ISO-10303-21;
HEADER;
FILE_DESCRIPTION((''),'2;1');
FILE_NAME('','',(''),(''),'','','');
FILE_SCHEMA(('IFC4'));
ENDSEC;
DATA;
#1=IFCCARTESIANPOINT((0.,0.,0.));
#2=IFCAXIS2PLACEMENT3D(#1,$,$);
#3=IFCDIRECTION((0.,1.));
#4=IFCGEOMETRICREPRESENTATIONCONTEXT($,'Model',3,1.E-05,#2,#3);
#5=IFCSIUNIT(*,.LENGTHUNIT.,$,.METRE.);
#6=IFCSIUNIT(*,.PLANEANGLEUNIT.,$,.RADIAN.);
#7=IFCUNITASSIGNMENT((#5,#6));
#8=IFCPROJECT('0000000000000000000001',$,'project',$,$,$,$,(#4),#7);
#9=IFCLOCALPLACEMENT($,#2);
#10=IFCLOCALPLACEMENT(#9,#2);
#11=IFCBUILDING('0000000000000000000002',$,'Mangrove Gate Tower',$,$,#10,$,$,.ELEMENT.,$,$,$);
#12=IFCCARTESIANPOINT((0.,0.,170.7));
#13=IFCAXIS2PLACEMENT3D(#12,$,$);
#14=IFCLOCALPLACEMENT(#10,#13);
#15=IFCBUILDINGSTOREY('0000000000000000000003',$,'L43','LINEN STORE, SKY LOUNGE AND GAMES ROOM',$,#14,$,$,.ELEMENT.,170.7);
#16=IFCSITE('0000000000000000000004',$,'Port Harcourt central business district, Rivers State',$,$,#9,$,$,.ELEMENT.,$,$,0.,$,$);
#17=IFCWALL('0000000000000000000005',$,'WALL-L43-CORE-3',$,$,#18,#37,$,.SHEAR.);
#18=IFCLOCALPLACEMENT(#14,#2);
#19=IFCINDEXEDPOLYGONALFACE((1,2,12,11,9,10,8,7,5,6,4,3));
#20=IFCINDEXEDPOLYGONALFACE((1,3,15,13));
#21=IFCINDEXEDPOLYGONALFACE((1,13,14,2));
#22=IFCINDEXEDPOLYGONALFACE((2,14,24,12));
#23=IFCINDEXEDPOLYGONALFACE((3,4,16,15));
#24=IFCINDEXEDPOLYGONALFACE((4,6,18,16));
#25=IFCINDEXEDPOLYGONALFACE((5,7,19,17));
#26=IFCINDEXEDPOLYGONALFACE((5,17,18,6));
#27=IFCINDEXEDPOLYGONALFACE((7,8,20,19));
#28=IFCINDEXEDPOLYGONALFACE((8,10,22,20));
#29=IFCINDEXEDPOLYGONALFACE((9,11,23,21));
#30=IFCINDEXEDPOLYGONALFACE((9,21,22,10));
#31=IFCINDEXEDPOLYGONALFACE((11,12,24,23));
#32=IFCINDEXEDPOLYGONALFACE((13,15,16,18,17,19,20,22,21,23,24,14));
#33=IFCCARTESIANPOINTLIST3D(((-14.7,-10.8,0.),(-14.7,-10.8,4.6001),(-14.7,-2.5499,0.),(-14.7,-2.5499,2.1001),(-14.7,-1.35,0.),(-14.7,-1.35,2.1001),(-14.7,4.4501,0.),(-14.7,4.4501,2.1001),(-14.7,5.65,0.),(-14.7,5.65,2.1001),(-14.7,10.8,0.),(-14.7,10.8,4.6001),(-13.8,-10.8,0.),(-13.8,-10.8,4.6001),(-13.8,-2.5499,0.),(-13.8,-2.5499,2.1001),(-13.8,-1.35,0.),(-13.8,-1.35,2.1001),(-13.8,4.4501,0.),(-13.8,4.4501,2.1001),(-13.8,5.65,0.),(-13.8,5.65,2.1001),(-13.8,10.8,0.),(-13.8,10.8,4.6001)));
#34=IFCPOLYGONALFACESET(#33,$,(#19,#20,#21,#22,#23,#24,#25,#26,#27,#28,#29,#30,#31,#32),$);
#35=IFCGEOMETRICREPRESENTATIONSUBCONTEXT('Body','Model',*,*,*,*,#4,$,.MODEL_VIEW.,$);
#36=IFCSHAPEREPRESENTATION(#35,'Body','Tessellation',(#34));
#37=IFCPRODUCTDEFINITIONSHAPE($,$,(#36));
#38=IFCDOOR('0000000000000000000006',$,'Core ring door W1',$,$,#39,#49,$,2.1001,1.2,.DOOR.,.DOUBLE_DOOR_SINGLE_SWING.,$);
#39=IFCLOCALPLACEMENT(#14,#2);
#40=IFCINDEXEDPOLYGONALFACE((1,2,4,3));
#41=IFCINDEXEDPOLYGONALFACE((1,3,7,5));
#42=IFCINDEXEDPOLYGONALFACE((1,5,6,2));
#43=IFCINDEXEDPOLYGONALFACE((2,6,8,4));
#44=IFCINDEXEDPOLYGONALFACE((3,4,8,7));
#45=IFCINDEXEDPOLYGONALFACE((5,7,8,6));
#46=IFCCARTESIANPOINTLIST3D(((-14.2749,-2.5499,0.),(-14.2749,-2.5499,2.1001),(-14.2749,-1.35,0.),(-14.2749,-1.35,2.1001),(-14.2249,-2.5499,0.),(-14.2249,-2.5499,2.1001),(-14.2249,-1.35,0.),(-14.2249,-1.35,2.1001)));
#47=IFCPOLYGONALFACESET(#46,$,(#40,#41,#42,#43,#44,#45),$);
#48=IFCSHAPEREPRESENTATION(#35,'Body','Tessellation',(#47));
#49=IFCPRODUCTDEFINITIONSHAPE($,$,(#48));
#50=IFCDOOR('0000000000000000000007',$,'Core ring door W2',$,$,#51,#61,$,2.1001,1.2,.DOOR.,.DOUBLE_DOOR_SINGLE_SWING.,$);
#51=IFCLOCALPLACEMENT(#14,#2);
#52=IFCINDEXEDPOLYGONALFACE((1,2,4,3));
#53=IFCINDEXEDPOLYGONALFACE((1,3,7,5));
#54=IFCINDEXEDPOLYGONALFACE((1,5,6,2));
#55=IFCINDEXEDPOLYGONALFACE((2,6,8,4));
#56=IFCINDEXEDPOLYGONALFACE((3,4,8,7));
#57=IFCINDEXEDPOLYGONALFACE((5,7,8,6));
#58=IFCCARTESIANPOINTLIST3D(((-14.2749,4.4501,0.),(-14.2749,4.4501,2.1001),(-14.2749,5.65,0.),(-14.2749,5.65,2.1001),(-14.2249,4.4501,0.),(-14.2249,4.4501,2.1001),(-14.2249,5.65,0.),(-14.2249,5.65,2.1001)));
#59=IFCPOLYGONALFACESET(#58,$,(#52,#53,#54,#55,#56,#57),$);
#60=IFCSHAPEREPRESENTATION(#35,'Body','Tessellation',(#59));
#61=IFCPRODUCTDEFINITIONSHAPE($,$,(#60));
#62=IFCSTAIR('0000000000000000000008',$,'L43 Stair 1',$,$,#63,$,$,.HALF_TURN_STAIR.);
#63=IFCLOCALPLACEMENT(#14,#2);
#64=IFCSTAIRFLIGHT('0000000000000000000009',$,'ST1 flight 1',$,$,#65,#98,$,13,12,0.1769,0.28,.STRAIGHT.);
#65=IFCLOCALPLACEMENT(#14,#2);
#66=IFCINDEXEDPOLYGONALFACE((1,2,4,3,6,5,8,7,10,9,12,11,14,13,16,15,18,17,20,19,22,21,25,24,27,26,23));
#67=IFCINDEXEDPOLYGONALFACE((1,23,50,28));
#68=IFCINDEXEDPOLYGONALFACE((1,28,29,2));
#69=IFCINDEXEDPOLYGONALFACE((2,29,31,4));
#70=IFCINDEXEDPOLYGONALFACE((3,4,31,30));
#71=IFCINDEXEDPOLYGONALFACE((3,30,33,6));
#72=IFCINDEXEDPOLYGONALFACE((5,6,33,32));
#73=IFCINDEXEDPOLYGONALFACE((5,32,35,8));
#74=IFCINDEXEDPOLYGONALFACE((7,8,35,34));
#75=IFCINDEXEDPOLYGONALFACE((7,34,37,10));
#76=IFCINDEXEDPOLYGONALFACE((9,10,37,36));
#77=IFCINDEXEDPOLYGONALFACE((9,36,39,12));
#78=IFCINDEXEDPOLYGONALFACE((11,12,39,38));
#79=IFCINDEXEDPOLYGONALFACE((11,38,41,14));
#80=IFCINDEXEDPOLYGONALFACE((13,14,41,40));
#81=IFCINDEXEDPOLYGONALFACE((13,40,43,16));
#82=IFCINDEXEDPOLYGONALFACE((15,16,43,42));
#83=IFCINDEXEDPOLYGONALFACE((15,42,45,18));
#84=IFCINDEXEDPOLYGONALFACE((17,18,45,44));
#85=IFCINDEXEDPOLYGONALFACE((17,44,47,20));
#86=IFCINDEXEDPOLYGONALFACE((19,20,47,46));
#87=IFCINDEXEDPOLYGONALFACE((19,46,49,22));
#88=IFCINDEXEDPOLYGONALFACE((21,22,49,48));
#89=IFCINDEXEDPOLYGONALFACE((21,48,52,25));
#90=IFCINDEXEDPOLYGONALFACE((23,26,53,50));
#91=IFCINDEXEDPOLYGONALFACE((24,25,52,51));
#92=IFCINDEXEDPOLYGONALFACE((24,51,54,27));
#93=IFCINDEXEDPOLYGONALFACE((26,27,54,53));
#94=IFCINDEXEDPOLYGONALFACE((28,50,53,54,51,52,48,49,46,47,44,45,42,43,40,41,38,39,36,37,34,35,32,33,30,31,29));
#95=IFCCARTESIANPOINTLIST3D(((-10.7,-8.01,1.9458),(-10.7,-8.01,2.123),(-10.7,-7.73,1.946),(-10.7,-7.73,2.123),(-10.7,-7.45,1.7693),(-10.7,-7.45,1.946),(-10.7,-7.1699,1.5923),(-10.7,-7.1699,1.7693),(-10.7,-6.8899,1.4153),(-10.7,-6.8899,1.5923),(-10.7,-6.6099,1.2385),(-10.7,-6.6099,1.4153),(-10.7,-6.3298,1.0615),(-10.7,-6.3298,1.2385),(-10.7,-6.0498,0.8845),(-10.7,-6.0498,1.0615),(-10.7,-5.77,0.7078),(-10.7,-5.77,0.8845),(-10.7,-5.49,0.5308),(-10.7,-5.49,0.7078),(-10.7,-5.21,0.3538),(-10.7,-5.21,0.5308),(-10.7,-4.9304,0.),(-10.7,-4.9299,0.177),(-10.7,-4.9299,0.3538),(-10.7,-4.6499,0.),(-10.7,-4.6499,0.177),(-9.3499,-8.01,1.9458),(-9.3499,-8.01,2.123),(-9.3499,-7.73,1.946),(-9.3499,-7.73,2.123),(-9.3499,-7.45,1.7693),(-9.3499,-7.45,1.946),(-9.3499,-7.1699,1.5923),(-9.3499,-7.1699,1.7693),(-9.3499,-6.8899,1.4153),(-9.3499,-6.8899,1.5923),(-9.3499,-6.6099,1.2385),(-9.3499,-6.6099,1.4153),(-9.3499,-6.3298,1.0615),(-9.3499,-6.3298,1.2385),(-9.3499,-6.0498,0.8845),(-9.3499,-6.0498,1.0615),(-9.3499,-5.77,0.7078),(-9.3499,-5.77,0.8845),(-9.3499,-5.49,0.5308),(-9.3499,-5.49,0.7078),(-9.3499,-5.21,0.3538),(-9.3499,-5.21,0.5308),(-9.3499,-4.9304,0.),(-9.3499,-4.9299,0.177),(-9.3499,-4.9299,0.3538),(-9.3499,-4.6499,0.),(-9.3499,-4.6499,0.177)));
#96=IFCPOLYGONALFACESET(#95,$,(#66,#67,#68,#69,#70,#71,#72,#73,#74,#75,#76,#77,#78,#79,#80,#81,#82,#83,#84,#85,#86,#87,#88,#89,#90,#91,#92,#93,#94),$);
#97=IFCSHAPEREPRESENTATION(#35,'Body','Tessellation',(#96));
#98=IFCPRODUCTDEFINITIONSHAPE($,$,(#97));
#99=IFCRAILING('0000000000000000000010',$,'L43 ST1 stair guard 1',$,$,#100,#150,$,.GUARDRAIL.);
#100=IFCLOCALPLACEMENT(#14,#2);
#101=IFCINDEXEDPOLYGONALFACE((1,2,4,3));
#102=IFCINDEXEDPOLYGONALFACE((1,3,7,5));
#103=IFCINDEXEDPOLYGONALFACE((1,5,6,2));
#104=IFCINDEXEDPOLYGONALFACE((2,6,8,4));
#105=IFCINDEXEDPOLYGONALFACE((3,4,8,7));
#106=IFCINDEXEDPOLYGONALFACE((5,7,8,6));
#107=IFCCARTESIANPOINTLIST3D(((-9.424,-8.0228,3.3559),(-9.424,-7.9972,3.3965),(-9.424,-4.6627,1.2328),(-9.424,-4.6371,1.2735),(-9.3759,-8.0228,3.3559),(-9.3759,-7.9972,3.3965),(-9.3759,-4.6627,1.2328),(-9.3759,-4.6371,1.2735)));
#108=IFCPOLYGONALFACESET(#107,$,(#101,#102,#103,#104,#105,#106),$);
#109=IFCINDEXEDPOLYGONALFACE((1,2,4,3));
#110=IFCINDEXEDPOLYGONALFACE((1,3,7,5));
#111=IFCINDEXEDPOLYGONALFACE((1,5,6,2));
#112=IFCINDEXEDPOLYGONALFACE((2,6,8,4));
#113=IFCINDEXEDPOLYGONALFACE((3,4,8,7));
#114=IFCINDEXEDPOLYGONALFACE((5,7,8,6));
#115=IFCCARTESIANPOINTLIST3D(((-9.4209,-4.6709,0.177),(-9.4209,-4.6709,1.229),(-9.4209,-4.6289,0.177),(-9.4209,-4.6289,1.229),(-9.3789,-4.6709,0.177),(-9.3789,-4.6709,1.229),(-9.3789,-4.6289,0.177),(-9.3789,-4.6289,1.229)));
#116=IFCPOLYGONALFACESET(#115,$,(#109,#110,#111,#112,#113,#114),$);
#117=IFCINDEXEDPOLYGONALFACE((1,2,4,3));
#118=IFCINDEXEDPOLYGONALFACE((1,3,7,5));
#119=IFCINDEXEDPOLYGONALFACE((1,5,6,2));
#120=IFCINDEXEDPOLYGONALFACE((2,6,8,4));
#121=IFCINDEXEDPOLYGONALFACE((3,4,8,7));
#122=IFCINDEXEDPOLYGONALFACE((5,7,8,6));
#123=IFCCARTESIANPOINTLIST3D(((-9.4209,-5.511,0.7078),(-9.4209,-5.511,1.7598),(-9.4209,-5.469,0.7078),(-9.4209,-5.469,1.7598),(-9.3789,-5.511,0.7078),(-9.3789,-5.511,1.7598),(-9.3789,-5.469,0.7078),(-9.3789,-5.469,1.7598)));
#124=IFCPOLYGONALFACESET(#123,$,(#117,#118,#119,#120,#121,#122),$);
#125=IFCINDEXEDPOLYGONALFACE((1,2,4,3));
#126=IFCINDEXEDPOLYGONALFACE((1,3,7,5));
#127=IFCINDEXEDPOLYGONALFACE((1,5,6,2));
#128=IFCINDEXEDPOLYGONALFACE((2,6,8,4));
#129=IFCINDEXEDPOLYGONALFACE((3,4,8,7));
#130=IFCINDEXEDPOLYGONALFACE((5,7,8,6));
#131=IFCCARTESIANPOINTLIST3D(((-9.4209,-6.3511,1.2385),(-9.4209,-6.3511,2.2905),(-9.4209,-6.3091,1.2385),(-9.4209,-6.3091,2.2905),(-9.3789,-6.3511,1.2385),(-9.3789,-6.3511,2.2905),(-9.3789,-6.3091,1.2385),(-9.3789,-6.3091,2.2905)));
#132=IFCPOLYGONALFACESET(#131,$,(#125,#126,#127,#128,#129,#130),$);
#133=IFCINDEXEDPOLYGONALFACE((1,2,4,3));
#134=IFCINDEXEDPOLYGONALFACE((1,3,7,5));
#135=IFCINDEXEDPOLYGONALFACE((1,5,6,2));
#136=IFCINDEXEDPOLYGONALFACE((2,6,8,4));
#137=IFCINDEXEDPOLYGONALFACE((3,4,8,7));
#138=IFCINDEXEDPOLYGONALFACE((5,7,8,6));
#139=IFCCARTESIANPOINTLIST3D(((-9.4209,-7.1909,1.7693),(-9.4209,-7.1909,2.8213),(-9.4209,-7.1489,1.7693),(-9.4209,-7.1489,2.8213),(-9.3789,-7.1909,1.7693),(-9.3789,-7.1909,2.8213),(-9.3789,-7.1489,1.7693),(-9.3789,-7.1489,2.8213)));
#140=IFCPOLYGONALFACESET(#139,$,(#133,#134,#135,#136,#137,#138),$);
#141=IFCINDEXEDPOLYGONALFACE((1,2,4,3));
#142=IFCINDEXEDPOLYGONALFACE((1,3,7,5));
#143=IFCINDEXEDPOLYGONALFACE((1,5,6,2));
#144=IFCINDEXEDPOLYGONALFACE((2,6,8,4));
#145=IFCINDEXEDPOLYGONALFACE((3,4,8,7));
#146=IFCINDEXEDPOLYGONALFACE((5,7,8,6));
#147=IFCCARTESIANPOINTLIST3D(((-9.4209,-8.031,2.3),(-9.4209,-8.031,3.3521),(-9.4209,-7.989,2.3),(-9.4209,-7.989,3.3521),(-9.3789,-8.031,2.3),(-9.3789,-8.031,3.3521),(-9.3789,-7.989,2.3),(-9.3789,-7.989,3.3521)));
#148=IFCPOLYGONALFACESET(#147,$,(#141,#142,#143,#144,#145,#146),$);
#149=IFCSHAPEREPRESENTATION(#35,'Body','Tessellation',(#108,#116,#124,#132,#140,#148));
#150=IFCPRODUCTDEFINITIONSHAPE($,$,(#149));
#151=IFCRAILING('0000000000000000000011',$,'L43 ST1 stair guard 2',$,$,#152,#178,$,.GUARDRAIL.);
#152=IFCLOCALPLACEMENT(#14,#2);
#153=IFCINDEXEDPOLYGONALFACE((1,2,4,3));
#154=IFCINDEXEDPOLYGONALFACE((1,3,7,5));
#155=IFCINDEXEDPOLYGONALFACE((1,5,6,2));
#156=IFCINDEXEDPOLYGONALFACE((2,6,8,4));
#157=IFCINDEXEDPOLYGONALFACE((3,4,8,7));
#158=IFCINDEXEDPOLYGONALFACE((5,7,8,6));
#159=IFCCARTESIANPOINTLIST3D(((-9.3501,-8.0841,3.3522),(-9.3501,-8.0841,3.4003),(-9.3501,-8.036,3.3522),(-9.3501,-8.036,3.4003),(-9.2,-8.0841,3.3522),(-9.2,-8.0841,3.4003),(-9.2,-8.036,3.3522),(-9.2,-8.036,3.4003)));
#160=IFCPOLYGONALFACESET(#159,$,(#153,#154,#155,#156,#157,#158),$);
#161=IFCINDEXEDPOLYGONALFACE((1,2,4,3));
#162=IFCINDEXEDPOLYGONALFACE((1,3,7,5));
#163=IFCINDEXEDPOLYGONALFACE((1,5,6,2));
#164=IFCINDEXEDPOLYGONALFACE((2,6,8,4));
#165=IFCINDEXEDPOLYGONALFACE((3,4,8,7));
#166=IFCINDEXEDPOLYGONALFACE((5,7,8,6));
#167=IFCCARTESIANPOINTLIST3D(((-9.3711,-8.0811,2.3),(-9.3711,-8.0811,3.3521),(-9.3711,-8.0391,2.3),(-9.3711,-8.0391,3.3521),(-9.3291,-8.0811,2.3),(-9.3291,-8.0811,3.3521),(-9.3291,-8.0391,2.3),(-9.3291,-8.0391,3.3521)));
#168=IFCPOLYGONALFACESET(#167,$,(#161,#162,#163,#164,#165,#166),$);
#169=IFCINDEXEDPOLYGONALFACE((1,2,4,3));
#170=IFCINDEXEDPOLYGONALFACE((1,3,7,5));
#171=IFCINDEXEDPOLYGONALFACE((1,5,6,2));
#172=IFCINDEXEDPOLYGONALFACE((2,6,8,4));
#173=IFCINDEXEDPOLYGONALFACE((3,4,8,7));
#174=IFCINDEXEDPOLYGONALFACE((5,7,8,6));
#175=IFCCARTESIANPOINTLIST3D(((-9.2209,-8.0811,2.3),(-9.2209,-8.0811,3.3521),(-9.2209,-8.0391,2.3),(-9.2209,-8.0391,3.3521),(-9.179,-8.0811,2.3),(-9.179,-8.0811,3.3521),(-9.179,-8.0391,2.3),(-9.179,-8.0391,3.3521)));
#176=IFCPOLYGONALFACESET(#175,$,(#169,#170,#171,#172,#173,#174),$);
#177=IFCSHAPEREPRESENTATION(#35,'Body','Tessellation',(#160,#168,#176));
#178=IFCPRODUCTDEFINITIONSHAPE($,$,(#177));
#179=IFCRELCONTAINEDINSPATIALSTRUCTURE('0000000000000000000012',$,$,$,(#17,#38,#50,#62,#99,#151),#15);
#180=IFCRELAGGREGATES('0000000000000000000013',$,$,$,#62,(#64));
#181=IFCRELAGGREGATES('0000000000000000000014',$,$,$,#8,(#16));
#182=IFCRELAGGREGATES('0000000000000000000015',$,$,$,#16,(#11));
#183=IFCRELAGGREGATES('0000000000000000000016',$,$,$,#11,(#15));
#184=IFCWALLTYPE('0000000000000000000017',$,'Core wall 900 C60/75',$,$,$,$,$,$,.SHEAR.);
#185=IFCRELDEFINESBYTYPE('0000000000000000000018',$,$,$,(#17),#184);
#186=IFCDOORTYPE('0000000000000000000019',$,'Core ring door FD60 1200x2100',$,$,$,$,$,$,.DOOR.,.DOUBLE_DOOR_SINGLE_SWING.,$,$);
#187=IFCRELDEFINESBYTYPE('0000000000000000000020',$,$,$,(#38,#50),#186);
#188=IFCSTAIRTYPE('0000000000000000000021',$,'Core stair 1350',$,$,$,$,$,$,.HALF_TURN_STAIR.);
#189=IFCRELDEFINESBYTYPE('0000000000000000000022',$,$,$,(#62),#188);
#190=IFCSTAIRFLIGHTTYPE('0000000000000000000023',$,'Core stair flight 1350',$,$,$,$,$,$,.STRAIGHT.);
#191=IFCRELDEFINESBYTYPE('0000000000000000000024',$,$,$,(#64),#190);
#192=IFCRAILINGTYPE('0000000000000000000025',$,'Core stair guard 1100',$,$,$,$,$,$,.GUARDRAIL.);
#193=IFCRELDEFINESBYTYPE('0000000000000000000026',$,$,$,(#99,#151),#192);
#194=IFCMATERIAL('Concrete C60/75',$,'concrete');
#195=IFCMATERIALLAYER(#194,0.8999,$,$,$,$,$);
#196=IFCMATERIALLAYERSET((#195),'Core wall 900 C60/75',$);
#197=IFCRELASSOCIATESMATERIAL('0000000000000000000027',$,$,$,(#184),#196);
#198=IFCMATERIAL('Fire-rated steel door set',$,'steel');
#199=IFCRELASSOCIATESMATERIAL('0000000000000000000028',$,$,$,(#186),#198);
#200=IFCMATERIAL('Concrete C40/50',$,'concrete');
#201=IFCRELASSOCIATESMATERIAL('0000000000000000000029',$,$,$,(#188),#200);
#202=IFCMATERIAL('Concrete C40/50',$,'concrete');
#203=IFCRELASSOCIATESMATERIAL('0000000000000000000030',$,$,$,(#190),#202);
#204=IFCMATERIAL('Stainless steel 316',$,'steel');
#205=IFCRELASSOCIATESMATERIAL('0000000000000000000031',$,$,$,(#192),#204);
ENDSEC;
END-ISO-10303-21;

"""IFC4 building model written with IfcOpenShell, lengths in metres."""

from ifc_helpers import new_model, si_unit, direction, frame, frame_2d, origin, origin_2d, place, context, subcontext, project, spatial, polyline, rectangle, outline, extrude, material, layer, layer_set, type_object, element, fill, aggregate, save


model = new_model("IFC4")

# Units and contexts
model_context = context("Model", 3, precision=1e-05, world=origin(), true_north=direction((0.0, 1.0)))
body_context = subcontext(model_context, "Body", "Model", "MODEL_VIEW")
ifc_project = project(units=[si_unit("LENGTHUNIT", "METRE"), si_unit("PLANEANGLEUNIT", "RADIAN")], contexts=[model_context])

# Site, building, storey
site_placement = place(None, origin())
site = spatial("IfcSite", under=ifc_project, at=site_placement, Name="Port Harcourt central business district, Rivers State", CompositionType="ELEMENT", RefElevation=0.0)
building_placement = place(site_placement, origin())
building = spatial("IfcBuilding", under=site, at=building_placement, Name="Mangrove Gate Tower", CompositionType="ELEMENT")
storey_placement = place(building_placement, frame((0.0, 0.0, 170.7)))
storey = spatial("IfcBuildingStorey", under=building, at=storey_placement, Name="L43", Description="LINEN STORE, SKY LOUNGE AND GAMES ROOM", CompositionType="ELEMENT", Elevation=170.7)

# Wall, openings, doors
ifc_material_1 = material(Name="Concrete C60/75", Category="concrete")
ifc_layer_1 = layer(ifc_material_1, 0.8999)
ifc_layer_set_1 = layer_set([ifc_layer_1], Name="Core wall 900 C60/75")
wall_type_1 = type_object("IfcWallType", Name="Core wall 900 C60/75", PredefinedType="SHEAR", material=ifc_layer_set_1)
wall_1_placement = place(storey_placement, frame((-14.25, -10.8, 0.0), z_axis=(0.0, 0.0, 1.0), x_axis=(0.0, 1.0, 0.0)))
wall_1 = element("IfcWall", 1, at=wall_1_placement, inside=storey, type_object=wall_type_1, Name="WALL-L43-CORE-3", PredefinedType="SHEAR", context=body_context, shape_type="SweptSolid", body=[
    extrude(rectangle(XDim=21.6001, YDim=0.8999, at=frame_2d((10.8, 0.0))), origin(), (0.0, 0.0, 1.0), 4.6001),
])
opening_1_placement = place(wall_1_placement, frame((8.25, 0.0, 0.0)))
opening_1 = element("IfcOpeningElement", 2, at=opening_1_placement, cuts=wall_1, PredefinedType="OPENING", context=body_context, shape_type="SweptSolid", body=[
    extrude(rectangle(XDim=1.2, YDim=2.1001, at=frame_2d((0.6001, 1.05))), frame((0.0, 0.46, 0.0), z_axis=(0.0, -1.0, 0.0), x_axis=(1.0, 0.0, 0.0)), (0.0, 0.0, 1.0), 0.9199),
])
opening_2_placement = place(wall_1_placement, frame((15.25, 0.0, 0.0)))
opening_2 = element("IfcOpeningElement", 3, at=opening_2_placement, cuts=wall_1, PredefinedType="OPENING", context=body_context, shape_type="SweptSolid", body=[
    extrude(rectangle(XDim=1.2, YDim=2.1001, at=frame_2d((0.6001, 1.05))), frame((0.0, 0.46, 0.0), z_axis=(0.0, -1.0, 0.0), x_axis=(1.0, 0.0, 0.0)), (0.0, 0.0, 1.0), 0.9199),
])
ifc_material_2 = material(Name="Fire-rated steel door set", Category="steel")
door_type_1 = type_object("IfcDoorType", Name="Core ring door FD60 1200x2100", OperationType="DOUBLE_DOOR_SINGLE_SWING", PredefinedType="DOOR", material=ifc_material_2)
door_1_placement = place(opening_1_placement, origin())
door_1 = element("IfcDoor", 4, at=door_1_placement, inside=storey, type_object=door_type_1, Name="Core ring door W1", OperationType="DOUBLE_DOOR_SINGLE_SWING", OverallHeight=2.1001, OverallWidth=1.2, PredefinedType="DOOR", context=body_context, shape_type="SweptSolid", body=[
    extrude(rectangle(XDim=1.2, YDim=2.1001, at=frame_2d((0.6001, 1.05))), frame((0.0, 0.0249, 0.0), z_axis=(0.0, -1.0, 0.0), x_axis=(1.0, 0.0, 0.0)), (0.0, 0.0, 1.0), 0.05),
])
fill(opening_1, door_1)
door_2_placement = place(opening_2_placement, origin())
door_2 = element("IfcDoor", 5, at=door_2_placement, inside=storey, type_object=door_type_1, Name="Core ring door W2", OperationType="DOUBLE_DOOR_SINGLE_SWING", OverallHeight=2.1001, OverallWidth=1.2, PredefinedType="DOOR", context=body_context, shape_type="SweptSolid", body=[
    extrude(rectangle(XDim=1.2, YDim=2.1001, at=frame_2d((0.6001, 1.05))), frame((0.0, 0.0249, 0.0), z_axis=(0.0, -1.0, 0.0), x_axis=(1.0, 0.0, 0.0)), (0.0, 0.0, 1.0), 0.05),
])
fill(opening_2, door_2)

# Stair, stair flight
ifc_material_3 = material(Name="Concrete C40/50", Category="concrete")
stair_type = type_object("IfcStairType", Name="Core stair 1350", PredefinedType="HALF_TURN_STAIR", material=ifc_material_3)
stair_placement = place(storey_placement, origin())
stair = element("IfcStair", 6, at=stair_placement, inside=storey, type_object=stair_type, Name="L43 Stair 1", PredefinedType="HALF_TURN_STAIR")
ifc_material_4 = material(Name="Concrete C40/50", Category="concrete")
stair_flight_type = type_object("IfcStairFlightType", Name="Core stair flight 1350", PredefinedType="STRAIGHT", material=ifc_material_4)
stair_flight_placement = place(storey_placement, frame((-10.0249, -4.6499, 0.0), z_axis=(0.0, 0.0, 1.0), x_axis=(0.0, -1.0, 0.0)))
stair_flight = element("IfcStairFlight", 7, at=stair_flight_placement, type_object=stair_flight_type, Name="ST1 flight 1", NumberOfRisers=13, NumberOfTreads=12, PredefinedType="STRAIGHT", RiserHeight=0.1769, TreadLength=0.28, context=body_context, shape_type="SweptSolid", body=[
    extrude(outline(polyline([(0.0, 0.0), (0.0, 0.177), (0.28, 0.177), (0.28, 0.3538), (0.5601, 0.3538), (0.5601, 0.5308), (0.8401, 0.5308), (0.8401, 0.7078), (1.1201, 0.7078), (1.1201, 0.8845), (1.3999, 0.8845), (1.3999, 1.0615), (1.6799, 1.0615), (1.6799, 1.2385), (1.96, 1.2385), (1.96, 1.4153), (2.24, 1.4153), (2.24, 1.5923), (2.52, 1.5923), (2.52, 1.7693), (2.8, 1.7693), (2.8, 1.946), (3.0801, 1.946), (3.0801, 2.123), (3.3601, 2.123), (3.3601, 2.3), (3.3601, 1.9458), (0.2805, 0.0), (0.0, 0.0)])), frame((0.0, 0.675, 0.0), z_axis=(0.0, -1.0, 0.0), x_axis=(1.0, 0.0, 0.0)), (0.0, 0.0, 1.0), 1.3501),
])
aggregate(stair, [stair_flight])

# Railings
ifc_material_5 = material(Name="Stainless steel 316", Category="steel")
railing_type_1 = type_object("IfcRailingType", Name="Core stair guard 1100", PredefinedType="GUARDRAIL", material=ifc_material_5)
railing_1_placement = place(storey_placement, frame((-9.3999, -4.6499, 0.177)))
element("IfcRailing", 8, at=railing_1_placement, inside=storey, type_object=railing_type_1, Name="L43 ST1 stair guard 1", PredefinedType="GUARDRAIL", context=body_context, shape_type="SweptSolid", body=[
    extrude(rectangle(XDim=0.0481, YDim=0.0481, at=origin_2d()), frame((0.0, 0.0, 1.0762), z_axis=(0.0, -0.84539, 0.53415), x_axis=(1.0, 0.0, 0.0)), (0.0, 0.0, 1.0), 3.9746),
    extrude(rectangle(XDim=0.042, YDim=0.042, at=origin_2d()), origin(), (0.0, 0.0, 1.0), 1.052),
    extrude(rectangle(XDim=0.042, YDim=0.042, at=origin_2d()), frame((0.0, -0.8401, 0.5308)), (0.0, 0.0, 1.0), 1.052),
    extrude(rectangle(XDim=0.042, YDim=0.042, at=origin_2d()), frame((0.0, -1.6802, 1.0615)), (0.0, 0.0, 1.0), 1.052),
    extrude(rectangle(XDim=0.042, YDim=0.042, at=origin_2d()), frame((0.0, -2.52, 1.5923)), (0.0, 0.0, 1.0), 1.052),
    extrude(rectangle(XDim=0.042, YDim=0.042, at=origin_2d()), frame((0.0, -3.3601, 2.123)), (0.0, 0.0, 1.0), 1.052),
])
railing_2_placement = place(storey_placement, frame((-9.3501, -8.0601, 2.3)))
element("IfcRailing", 9, at=railing_2_placement, inside=storey, type_object=railing_type_1, Name="L43 ST1 stair guard 2", PredefinedType="GUARDRAIL", context=body_context, shape_type="SweptSolid", body=[
    extrude(rectangle(XDim=0.0481, YDim=0.0481, at=origin_2d()), frame((0.0, 0.0, 1.0762), z_axis=(1.0, 0.0, 0.0), x_axis=(0.0, 1.0, 0.0)), (0.0, 0.0, 1.0), 0.1501),
    extrude(rectangle(XDim=0.042, YDim=0.042, at=origin_2d()), origin(), (0.0, 0.0, 1.0), 1.052),
    extrude(rectangle(XDim=0.042, YDim=0.042, at=origin_2d()), frame((0.1501, 0.0, 0.0)), (0.0, 0.0, 1.0), 1.052),
])

save(model, "model.ifc")
